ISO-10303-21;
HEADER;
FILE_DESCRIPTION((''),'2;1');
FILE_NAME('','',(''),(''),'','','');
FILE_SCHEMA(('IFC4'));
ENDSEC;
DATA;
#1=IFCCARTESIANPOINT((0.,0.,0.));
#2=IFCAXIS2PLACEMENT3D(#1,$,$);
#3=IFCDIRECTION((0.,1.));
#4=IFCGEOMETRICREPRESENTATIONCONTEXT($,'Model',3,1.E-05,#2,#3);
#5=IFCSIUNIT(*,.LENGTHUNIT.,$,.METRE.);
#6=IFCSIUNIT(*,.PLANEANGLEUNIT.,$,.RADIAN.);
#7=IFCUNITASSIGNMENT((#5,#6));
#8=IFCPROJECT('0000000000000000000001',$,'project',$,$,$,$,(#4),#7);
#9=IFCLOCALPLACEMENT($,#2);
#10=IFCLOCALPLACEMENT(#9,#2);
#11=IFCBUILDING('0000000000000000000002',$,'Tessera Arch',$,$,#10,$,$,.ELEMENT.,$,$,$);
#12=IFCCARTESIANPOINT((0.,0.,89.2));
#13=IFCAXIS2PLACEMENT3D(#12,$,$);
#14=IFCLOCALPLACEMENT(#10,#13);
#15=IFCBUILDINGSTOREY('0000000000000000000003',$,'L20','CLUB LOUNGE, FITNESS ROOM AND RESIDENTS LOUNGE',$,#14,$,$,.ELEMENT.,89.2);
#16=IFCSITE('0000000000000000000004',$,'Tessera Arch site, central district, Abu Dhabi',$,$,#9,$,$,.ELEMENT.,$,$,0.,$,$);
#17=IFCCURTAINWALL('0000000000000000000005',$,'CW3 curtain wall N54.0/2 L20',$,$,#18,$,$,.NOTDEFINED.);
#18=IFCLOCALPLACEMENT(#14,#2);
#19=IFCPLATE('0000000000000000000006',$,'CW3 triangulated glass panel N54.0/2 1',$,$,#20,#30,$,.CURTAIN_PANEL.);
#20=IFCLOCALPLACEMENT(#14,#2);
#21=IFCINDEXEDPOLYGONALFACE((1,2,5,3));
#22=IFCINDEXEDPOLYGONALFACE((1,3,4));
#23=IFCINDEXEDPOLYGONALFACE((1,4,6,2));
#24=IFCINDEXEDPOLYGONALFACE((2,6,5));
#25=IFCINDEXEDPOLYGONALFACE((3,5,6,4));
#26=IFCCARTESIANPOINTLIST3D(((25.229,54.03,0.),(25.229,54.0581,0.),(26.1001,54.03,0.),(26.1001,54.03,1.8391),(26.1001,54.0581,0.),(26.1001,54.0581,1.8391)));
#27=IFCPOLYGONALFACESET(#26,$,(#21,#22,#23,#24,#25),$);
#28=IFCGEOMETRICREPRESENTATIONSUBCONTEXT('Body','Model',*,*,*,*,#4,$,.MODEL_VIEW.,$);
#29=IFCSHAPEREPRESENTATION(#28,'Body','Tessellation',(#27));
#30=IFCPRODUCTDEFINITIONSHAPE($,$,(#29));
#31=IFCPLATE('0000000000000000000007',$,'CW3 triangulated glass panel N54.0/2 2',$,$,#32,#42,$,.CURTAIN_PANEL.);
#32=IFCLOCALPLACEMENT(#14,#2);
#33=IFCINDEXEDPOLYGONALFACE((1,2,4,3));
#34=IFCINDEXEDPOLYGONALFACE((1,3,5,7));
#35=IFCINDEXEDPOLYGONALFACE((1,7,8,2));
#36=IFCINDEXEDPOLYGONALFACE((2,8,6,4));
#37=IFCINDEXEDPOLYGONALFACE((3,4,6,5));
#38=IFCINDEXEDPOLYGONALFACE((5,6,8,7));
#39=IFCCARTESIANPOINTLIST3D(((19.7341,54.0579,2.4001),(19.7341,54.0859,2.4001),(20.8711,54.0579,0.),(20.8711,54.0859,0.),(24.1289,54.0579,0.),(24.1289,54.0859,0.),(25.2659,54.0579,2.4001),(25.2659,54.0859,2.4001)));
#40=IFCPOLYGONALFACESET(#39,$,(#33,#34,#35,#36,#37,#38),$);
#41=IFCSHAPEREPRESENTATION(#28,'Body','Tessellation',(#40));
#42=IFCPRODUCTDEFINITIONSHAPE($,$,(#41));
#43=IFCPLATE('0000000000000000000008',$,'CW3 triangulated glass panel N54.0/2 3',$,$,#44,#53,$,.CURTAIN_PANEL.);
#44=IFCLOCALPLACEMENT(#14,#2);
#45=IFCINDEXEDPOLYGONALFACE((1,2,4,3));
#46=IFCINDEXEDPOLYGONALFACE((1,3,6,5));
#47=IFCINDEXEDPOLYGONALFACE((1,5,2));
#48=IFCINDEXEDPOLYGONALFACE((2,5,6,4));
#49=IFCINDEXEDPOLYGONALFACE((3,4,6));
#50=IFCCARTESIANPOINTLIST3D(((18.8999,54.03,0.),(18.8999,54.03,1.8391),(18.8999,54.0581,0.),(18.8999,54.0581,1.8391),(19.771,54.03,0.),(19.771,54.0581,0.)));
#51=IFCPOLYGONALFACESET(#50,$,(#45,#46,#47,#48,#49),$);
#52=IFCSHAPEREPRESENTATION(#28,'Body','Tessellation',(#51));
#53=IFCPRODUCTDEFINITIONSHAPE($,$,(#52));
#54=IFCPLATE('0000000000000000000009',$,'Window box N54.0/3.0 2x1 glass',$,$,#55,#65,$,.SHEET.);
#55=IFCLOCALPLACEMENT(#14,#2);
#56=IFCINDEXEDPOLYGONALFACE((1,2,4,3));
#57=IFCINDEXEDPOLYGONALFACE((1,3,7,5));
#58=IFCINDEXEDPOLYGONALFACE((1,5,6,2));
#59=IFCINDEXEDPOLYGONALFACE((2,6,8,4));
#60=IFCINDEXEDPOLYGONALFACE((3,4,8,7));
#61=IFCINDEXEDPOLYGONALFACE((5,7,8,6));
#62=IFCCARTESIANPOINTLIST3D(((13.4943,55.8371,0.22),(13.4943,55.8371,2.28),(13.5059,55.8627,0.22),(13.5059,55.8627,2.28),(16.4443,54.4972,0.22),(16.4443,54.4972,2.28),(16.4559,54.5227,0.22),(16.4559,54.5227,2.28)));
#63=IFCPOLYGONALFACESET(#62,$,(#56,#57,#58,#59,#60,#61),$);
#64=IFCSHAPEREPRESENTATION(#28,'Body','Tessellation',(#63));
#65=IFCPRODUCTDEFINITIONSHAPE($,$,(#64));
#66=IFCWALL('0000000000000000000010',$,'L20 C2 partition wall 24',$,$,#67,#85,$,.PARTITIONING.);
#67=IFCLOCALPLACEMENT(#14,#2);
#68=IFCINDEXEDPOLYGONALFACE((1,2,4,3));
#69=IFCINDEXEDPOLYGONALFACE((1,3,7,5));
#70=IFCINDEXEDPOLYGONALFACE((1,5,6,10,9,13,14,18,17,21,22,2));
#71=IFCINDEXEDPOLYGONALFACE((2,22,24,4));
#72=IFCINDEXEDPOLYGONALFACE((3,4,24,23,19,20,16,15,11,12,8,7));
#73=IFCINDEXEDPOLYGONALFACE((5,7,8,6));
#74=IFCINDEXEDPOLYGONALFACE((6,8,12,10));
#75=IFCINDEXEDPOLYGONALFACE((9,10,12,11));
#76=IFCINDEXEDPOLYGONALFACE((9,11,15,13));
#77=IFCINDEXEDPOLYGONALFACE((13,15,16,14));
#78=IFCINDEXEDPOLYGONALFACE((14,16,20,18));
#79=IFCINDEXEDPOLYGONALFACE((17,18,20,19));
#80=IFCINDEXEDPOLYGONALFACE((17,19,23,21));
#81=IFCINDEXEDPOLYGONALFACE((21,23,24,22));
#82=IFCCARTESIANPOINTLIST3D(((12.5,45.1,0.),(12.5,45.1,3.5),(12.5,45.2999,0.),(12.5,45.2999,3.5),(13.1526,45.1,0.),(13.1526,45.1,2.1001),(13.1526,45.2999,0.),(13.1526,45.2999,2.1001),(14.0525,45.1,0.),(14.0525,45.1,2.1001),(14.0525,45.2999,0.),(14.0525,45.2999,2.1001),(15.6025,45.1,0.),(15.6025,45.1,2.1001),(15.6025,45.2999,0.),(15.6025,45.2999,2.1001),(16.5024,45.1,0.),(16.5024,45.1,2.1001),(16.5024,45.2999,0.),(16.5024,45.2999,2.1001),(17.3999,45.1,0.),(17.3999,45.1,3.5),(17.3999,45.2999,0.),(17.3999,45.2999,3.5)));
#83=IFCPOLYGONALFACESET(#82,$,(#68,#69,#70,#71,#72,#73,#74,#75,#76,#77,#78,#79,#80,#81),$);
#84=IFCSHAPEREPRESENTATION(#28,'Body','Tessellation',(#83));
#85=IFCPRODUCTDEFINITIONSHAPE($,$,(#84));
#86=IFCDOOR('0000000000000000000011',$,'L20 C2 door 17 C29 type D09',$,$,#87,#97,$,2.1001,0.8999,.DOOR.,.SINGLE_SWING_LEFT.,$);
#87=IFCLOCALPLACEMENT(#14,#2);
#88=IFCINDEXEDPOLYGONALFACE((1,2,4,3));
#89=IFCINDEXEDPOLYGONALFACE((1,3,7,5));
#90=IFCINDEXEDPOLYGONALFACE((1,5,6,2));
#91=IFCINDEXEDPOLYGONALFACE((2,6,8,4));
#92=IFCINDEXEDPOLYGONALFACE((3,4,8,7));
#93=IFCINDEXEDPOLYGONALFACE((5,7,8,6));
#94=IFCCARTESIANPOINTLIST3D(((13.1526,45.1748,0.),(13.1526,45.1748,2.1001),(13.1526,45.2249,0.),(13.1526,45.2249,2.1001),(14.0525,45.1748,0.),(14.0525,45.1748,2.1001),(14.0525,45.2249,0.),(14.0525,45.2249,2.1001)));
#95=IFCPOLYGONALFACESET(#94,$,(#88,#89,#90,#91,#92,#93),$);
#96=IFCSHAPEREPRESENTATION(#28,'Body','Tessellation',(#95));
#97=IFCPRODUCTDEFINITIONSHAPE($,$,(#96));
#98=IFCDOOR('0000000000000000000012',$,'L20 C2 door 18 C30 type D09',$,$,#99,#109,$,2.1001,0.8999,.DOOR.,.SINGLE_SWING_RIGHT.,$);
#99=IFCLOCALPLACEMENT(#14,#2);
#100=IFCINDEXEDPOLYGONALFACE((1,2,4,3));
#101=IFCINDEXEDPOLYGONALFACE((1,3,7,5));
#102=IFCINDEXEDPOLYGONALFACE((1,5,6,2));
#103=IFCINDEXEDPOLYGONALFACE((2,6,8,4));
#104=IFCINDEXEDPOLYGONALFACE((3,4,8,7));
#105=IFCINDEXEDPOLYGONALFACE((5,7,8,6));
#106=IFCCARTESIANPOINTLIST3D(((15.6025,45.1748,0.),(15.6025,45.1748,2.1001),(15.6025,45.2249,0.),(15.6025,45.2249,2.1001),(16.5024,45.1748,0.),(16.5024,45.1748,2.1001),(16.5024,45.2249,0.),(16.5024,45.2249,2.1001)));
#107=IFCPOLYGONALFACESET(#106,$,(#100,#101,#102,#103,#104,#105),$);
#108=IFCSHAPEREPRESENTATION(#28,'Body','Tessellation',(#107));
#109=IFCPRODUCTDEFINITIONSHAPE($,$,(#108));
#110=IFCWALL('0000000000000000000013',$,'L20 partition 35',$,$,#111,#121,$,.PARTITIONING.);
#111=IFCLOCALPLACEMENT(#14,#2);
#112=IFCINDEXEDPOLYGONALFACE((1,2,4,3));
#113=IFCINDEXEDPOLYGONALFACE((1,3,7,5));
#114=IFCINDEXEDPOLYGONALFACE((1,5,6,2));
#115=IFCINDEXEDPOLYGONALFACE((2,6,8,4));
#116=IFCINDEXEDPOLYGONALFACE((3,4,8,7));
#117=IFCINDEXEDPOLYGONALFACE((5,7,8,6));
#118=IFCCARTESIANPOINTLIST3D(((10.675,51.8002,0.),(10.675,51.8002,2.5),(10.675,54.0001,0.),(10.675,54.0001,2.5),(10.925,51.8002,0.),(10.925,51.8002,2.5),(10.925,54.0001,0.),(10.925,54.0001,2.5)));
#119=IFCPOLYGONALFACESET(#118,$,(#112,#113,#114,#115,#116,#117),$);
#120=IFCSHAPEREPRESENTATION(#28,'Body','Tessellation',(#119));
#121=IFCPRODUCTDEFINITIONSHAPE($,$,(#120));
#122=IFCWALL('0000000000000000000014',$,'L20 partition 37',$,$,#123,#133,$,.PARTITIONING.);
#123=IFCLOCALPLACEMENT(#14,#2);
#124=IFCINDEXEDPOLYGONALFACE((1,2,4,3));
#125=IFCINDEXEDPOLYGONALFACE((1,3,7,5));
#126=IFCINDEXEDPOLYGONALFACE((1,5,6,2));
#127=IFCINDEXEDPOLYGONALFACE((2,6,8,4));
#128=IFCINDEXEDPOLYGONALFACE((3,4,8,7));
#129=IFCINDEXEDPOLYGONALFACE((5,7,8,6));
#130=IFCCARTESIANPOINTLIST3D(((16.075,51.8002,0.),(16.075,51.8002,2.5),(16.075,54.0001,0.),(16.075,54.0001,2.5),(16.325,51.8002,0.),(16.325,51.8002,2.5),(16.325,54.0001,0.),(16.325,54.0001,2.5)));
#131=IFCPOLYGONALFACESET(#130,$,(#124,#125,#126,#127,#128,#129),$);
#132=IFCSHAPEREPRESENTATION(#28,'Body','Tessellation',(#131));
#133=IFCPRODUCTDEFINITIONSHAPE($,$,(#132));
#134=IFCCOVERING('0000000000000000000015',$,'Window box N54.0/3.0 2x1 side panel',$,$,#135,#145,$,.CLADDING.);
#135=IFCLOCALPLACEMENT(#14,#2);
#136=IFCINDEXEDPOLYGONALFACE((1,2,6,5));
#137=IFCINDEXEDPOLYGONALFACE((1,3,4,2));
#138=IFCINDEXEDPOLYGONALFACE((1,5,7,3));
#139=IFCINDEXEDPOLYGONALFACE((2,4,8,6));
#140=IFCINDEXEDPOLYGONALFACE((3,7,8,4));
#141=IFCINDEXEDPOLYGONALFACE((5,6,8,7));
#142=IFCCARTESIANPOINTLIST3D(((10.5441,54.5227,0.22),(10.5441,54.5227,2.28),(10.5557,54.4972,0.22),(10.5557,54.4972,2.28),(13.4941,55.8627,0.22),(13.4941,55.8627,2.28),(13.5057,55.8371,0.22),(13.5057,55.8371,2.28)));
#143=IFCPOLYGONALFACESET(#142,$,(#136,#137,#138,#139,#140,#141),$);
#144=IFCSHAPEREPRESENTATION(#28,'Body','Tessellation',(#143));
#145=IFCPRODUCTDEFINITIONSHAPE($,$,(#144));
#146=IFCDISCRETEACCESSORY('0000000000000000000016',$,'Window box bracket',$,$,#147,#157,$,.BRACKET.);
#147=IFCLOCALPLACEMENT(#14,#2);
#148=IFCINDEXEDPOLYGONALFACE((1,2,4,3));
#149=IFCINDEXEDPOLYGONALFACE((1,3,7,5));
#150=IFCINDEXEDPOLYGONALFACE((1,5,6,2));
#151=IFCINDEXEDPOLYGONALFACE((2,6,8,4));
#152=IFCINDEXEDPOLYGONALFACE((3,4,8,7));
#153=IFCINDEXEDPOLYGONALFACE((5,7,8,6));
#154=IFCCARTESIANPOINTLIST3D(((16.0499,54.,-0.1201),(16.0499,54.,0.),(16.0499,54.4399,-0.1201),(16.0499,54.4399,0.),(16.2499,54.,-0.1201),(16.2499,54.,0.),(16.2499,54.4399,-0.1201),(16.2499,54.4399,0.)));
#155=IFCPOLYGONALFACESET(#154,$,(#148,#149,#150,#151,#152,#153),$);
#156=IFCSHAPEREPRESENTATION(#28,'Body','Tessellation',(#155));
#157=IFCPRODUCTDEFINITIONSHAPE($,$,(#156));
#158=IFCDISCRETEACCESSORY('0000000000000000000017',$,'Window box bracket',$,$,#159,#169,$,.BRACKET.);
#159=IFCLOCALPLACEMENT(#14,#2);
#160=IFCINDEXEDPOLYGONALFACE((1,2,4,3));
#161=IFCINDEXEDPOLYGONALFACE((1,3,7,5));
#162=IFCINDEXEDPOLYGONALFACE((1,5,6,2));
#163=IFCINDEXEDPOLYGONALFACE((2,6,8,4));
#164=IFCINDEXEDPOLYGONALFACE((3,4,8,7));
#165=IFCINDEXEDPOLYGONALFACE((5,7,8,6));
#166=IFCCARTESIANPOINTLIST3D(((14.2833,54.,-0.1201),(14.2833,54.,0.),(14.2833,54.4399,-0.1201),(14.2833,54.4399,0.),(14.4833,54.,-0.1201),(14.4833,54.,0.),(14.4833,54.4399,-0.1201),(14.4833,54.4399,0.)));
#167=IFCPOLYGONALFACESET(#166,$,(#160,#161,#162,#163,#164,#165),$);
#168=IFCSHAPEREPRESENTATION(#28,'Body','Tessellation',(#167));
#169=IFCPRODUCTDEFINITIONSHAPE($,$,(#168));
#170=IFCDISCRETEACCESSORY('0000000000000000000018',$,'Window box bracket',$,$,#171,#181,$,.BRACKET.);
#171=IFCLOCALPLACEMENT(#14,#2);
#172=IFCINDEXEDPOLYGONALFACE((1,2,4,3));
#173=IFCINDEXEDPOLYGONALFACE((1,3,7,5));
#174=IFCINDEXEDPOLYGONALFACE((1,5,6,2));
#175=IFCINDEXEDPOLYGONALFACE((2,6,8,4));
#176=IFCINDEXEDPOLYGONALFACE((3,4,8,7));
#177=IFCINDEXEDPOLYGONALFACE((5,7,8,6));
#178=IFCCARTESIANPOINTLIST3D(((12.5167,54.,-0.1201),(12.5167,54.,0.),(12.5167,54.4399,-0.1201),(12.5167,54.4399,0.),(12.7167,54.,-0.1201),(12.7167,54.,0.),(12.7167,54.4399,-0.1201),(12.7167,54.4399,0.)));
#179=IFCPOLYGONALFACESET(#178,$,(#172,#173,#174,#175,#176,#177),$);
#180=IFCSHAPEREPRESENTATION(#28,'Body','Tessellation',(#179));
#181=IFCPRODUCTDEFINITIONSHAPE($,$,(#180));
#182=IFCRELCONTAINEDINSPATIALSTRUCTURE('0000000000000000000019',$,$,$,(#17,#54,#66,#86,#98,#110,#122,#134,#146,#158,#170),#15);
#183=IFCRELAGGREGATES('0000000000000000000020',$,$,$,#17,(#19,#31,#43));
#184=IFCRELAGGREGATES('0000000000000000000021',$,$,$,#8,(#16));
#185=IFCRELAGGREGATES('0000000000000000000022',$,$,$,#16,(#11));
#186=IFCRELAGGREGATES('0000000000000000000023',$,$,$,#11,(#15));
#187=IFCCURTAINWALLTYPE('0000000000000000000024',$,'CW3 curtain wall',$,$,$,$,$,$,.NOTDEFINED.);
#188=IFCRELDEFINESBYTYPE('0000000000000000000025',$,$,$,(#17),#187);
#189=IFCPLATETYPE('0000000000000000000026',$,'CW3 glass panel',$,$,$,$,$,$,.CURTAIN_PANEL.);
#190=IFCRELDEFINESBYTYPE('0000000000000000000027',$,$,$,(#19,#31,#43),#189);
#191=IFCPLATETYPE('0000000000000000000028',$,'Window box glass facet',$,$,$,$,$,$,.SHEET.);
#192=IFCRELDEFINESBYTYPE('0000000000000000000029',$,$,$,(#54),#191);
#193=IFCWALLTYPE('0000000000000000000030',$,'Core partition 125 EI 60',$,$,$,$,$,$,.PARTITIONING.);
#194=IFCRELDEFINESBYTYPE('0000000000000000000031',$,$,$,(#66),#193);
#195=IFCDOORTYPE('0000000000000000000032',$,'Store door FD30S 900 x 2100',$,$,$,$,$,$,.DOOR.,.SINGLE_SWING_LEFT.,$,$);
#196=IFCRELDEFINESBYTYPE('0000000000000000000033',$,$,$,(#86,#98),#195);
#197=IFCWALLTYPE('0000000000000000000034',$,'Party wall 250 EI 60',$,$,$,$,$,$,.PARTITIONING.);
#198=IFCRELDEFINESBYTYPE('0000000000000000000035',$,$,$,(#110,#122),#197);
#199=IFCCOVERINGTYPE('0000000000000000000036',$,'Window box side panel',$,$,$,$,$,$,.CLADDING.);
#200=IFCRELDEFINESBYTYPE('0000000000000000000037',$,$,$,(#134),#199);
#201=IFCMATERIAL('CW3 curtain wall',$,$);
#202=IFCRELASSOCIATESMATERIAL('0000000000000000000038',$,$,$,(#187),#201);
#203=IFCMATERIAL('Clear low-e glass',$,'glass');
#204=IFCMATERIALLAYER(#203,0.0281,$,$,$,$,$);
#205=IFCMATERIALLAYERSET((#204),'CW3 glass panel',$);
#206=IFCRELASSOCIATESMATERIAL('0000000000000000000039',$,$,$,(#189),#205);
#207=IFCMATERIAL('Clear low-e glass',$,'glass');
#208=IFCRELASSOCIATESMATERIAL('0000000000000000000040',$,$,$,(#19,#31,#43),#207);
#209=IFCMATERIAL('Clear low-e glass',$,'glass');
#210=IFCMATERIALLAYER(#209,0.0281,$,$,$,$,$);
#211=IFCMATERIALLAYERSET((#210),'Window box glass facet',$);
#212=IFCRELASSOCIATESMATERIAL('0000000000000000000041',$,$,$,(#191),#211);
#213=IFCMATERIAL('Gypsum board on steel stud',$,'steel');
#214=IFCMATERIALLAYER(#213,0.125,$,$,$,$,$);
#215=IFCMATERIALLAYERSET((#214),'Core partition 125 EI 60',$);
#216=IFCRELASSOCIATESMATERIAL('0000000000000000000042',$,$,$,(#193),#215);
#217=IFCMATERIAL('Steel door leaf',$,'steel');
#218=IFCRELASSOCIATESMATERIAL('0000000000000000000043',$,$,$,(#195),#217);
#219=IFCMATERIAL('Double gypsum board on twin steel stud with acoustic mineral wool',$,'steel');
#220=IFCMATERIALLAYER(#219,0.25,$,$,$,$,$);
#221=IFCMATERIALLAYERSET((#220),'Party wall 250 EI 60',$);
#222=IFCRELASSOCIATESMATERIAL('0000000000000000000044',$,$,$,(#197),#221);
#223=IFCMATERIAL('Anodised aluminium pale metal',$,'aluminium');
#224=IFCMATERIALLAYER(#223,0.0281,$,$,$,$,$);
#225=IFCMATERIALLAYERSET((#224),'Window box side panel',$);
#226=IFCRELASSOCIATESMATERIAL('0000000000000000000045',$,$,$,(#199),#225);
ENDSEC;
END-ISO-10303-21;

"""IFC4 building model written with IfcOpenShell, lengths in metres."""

from ifc_helpers import new_model, si_unit, direction, frame, frame_2d, origin, origin_2d, place, context, subcontext, project, spatial, polyline, rectangle, outline, extrude, material, layer, layer_set, type_object, element, fill, aggregate, save


model = new_model("IFC4")

# Units and contexts
model_context = context("Model", 3, precision=1e-05, world=origin(), true_north=direction((0.0, 1.0)))
body_context = subcontext(model_context, "Body", "Model", "MODEL_VIEW")
ifc_project = project(units=[si_unit("LENGTHUNIT", "METRE"), si_unit("PLANEANGLEUNIT", "RADIAN")], contexts=[model_context])

# Site, building, storey
site_placement = place(None, origin())
site = spatial("IfcSite", under=ifc_project, at=site_placement, Name="Tessera Arch site, central district, Abu Dhabi", CompositionType="ELEMENT", RefElevation=0.0)
building_placement = place(site_placement, origin())
building = spatial("IfcBuilding", under=site, at=building_placement, Name="Tessera Arch", CompositionType="ELEMENT")
storey_placement = place(building_placement, frame((0.0, 0.0, 89.2)))
storey = spatial("IfcBuildingStorey", under=building, at=storey_placement, Name="L20", Description="CLUB LOUNGE, FITNESS ROOM AND RESIDENTS LOUNGE", CompositionType="ELEMENT", Elevation=89.2)

# Curtain wall
ifc_material_1 = material(Name="CW3 curtain wall")
curtain_wall_type_1 = type_object("IfcCurtainWallType", Name="CW3 curtain wall", PredefinedType="NOTDEFINED", material=ifc_material_1)
curtain_wall_1_placement = place(storey_placement, origin())
curtain_wall_1 = element("IfcCurtainWall", 1, at=curtain_wall_1_placement, inside=storey, type_object=curtain_wall_type_1, Name="CW3 curtain wall N54.0/2 L20", PredefinedType="NOTDEFINED")

# Plates
ifc_material_2 = material(Name="Clear low-e glass", Category="glass")
ifc_material_3 = material(Name="Clear low-e glass", Category="glass")
ifc_layer_1 = layer(ifc_material_3, 0.0281)
ifc_layer_set_1 = layer_set([ifc_layer_1], Name="CW3 glass panel")
plate_type_1 = type_object("IfcPlateType", Name="CW3 glass panel", PredefinedType="CURTAIN_PANEL", material=ifc_layer_set_1)
plate_1_placement = place(storey_placement, frame((26.1001, 54.0581, 0.0), z_axis=(0.0, 1.0, 0.0), x_axis=(-1.0, 0.0, 0.0)))
plate_1 = element("IfcPlate", 2, at=plate_1_placement, type_object=plate_type_1, material=ifc_material_2, Name="CW3 triangulated glass panel N54.0/2 1", PredefinedType="CURTAIN_PANEL", context=body_context, shape_type="SweptSolid", body=[
    extrude(outline(polyline([(0.0, 0.0), (0.8711, 0.0), (0.0, 1.8391), (0.0, 0.0)])), origin(), (0.0, 0.0, -1.0), 0.0281),
])
plate_2_placement = place(storey_placement, frame((19.7341, 54.0859, 2.4001), z_axis=(0.0, 1.0, 0.0), x_axis=(1.0, 0.0, 0.0)))
plate_2 = element("IfcPlate", 3, at=plate_2_placement, type_object=plate_type_1, material=ifc_material_2, Name="CW3 triangulated glass panel N54.0/2 2", PredefinedType="CURTAIN_PANEL", context=body_context, shape_type="SweptSolid", body=[
    extrude(outline(polyline([(0.0, 0.0), (5.5317, 0.0), (4.3948, 2.4001), (1.137, 2.4001), (0.0, 0.0)])), origin(), (0.0, 0.0, -1.0), 0.0281),
])
plate_3_placement = place(storey_placement, frame((18.8999, 54.0581, 0.0), z_axis=(0.0, 1.0, 0.0), x_axis=(0.0, 0.0, 1.0)))
plate_3 = element("IfcPlate", 4, at=plate_3_placement, type_object=plate_type_1, material=ifc_material_2, Name="CW3 triangulated glass panel N54.0/2 3", PredefinedType="CURTAIN_PANEL", context=body_context, shape_type="SweptSolid", body=[
    extrude(outline(polyline([(0.0, 0.0), (1.8391, 0.0), (0.0, 0.8711), (0.0, 0.0)])), origin(), (0.0, 0.0, -1.0), 0.0281),
])
aggregate(curtain_wall_1, [plate_1, plate_2, plate_3])
ifc_material_4 = material(Name="Clear low-e glass", Category="glass")
ifc_layer_2 = layer(ifc_material_4, 0.0281)
ifc_layer_set_2 = layer_set([ifc_layer_2], Name="Window box glass facet")
plate_type_2 = type_object("IfcPlateType", Name="Window box glass facet", PredefinedType="SHEET", material=ifc_layer_set_2)
plate_4_placement = place(storey_placement, frame((14.9751, 55.1799, 0.22), z_axis=(0.0, 0.0, 1.0), x_axis=(-0.910472, 0.41357, 0.0)))
element("IfcPlate", 5, at=plate_4_placement, inside=storey, type_object=plate_type_2, Name="Window box N54.0/3.0 2x1 glass", PredefinedType="SHEET", context=body_context, shape_type="SweptSolid", body=[
    extrude(rectangle(XDim=3.24, YDim=0.0281, at=origin_2d()), origin(), (0.0, 0.0, 1.0), 2.0601),
])

# Wall, openings, doors
ifc_material_5 = material(Name="Gypsum board on steel stud", Category="steel")
ifc_layer_3 = layer(ifc_material_5, 0.125)
ifc_layer_set_3 = layer_set([ifc_layer_3], Name="Core partition 125 EI 60")
wall_type_1 = type_object("IfcWallType", Name="Core partition 125 EI 60", PredefinedType="PARTITIONING", material=ifc_layer_set_3)
wall_placement = place(storey_placement, frame((12.5, 45.2, 0.0), z_axis=(0.0, 0.0, 1.0), x_axis=(1.0, 0.0, 0.0)))
wall = element("IfcWall", 6, at=wall_placement, inside=storey, type_object=wall_type_1, Name="L20 C2 partition wall 24", PredefinedType="PARTITIONING", context=body_context, shape_type="SweptSolid", body=[
    extrude(rectangle(XDim=4.8999, YDim=0.2, at=frame_2d((2.45, 0.0))), origin(), (0.0, 0.0, 1.0), 3.5),
])
opening_1_placement = place(wall_placement, frame((0.6526, 0.0, 0.0)))
opening_1 = element("IfcOpeningElement", 7, at=opening_1_placement, cuts=wall, PredefinedType="OPENING", context=body_context, shape_type="SweptSolid", body=[
    extrude(rectangle(XDim=0.8999, YDim=2.1001, at=frame_2d((0.45, 1.05))), frame((0.0, 0.1099, 0.0), z_axis=(0.0, -1.0, 0.0), x_axis=(1.0, 0.0, 0.0)), (0.0, 0.0, 1.0), 0.22),
])
opening_2_placement = place(wall_placement, frame((3.1025, 0.0, 0.0)))
opening_2 = element("IfcOpeningElement", 8, at=opening_2_placement, cuts=wall, PredefinedType="OPENING", context=body_context, shape_type="SweptSolid", body=[
    extrude(rectangle(XDim=0.8999, YDim=2.1001, at=frame_2d((0.45, 1.05))), frame((0.0, 0.1099, 0.0), z_axis=(0.0, -1.0, 0.0), x_axis=(1.0, 0.0, 0.0)), (0.0, 0.0, 1.0), 0.22),
])
ifc_material_6 = material(Name="Steel door leaf", Category="steel")
door_type = type_object("IfcDoorType", Name="Store door FD30S 900 x 2100", OperationType="SINGLE_SWING_LEFT", PredefinedType="DOOR", material=ifc_material_6)
door_1_placement = place(opening_1_placement, origin())
door_1 = element("IfcDoor", 9, at=door_1_placement, inside=storey, type_object=door_type, Name="L20 C2 door 17 C29 type D09", OperationType="SINGLE_SWING_LEFT", OverallHeight=2.1001, OverallWidth=0.8999, PredefinedType="DOOR", context=body_context, shape_type="SweptSolid", body=[
    extrude(rectangle(XDim=0.8999, YDim=2.1001, at=frame_2d((0.45, 1.05))), frame((0.0, 0.0249, 0.0), z_axis=(0.0, -1.0, 0.0), x_axis=(1.0, 0.0, 0.0)), (0.0, 0.0, 1.0), 0.05),
])
fill(opening_1, door_1)
door_2_placement = place(opening_2_placement, origin())
door_2 = element("IfcDoor", 10, at=door_2_placement, inside=storey, type_object=door_type, Name="L20 C2 door 18 C30 type D09", OperationType="SINGLE_SWING_RIGHT", OverallHeight=2.1001, OverallWidth=0.8999, PredefinedType="DOOR", context=body_context, shape_type="SweptSolid", body=[
    extrude(rectangle(XDim=0.8999, YDim=2.1001, at=frame_2d((0.45, 1.05))), frame((0.0, 0.0249, 0.0), z_axis=(0.0, -1.0, 0.0), x_axis=(1.0, 0.0, 0.0)), (0.0, 0.0, 1.0), 0.05),
])
fill(opening_2, door_2)

# Walls
ifc_material_7 = material(Name="Double gypsum board on twin steel stud with acoustic mineral wool", Category="steel")
ifc_layer_4 = layer(ifc_material_7, 0.25)
ifc_layer_set_4 = layer_set([ifc_layer_4], Name="Party wall 250 EI 60")
wall_type_2 = type_object("IfcWallType", Name="Party wall 250 EI 60", PredefinedType="PARTITIONING", material=ifc_layer_set_4)
for number, where, z_axis, x_axis, name in (
    (11, (10.8, 51.8, 0.0), (0.0, 0.0, 1.0), (0.0, 1.0, 0.0), "L20 partition 35"),
    (12, (16.2, 51.8, 0.0), (0.0, 0.0, 1.0), (0.0, 1.0, 0.0), "L20 partition 37"),
):
    element("IfcWall", number, at=place(storey_placement, frame(where, z_axis=z_axis, x_axis=x_axis)), inside=storey, type_object=wall_type_2, Name=name, PredefinedType="PARTITIONING", context=body_context, shape_type="SweptSolid", body=[
        extrude(rectangle(XDim=2.2, YDim=0.25, at=frame_2d((1.1001, 0.0))), origin(), (0.0, 0.0, 1.0), 2.5),
    ])

# Covering
ifc_material_8 = material(Name="Anodised aluminium pale metal", Category="aluminium")
ifc_layer_5 = layer(ifc_material_8, 0.0281)
ifc_layer_set_5 = layer_set([ifc_layer_5], Name="Window box side panel")
covering_type = type_object("IfcCoveringType", Name="Window box side panel", PredefinedType="CLADDING", material=ifc_layer_set_5)
covering_placement = place(storey_placement, frame((12.0249, 55.1799, 0.22), z_axis=(0.0, 0.0, 1.0), x_axis=(0.910472, 0.41357, 0.0)))
element("IfcCovering", 13, at=covering_placement, inside=storey, type_object=covering_type, Name="Window box N54.0/3.0 2x1 side panel", PredefinedType="CLADDING", context=body_context, shape_type="SweptSolid", body=[
    extrude(rectangle(XDim=3.24, YDim=0.0281, at=origin_2d()), origin(), (0.0, 0.0, 1.0), 2.0601),
])

# Discrete accessories
for number, where, z_axis, x_axis, name in (
    (14, (16.1499, 54.22, -0.1201), (0.0, 0.0, 1.0), (0.0, 1.0, 0.0), "Window box bracket"),
    (15, (14.3833, 54.22, -0.1201), (0.0, 0.0, 1.0), (0.0, 1.0, 0.0), "Window box bracket"),
    (16, (12.6167, 54.22, -0.1201), (0.0, 0.0, 1.0), (0.0, 1.0, 0.0), "Window box bracket"),
):
    element("IfcDiscreteAccessory", number, at=place(storey_placement, frame(where, z_axis=z_axis, x_axis=x_axis)), inside=storey, Name=name, PredefinedType="BRACKET", context=body_context, shape_type="SweptSolid", body=[
        extrude(rectangle(XDim=0.4399, YDim=0.2, at=origin_2d()), origin(), (0.0, 0.0, 1.0), 0.1201),
    ])

save(model, "model.ifc")
